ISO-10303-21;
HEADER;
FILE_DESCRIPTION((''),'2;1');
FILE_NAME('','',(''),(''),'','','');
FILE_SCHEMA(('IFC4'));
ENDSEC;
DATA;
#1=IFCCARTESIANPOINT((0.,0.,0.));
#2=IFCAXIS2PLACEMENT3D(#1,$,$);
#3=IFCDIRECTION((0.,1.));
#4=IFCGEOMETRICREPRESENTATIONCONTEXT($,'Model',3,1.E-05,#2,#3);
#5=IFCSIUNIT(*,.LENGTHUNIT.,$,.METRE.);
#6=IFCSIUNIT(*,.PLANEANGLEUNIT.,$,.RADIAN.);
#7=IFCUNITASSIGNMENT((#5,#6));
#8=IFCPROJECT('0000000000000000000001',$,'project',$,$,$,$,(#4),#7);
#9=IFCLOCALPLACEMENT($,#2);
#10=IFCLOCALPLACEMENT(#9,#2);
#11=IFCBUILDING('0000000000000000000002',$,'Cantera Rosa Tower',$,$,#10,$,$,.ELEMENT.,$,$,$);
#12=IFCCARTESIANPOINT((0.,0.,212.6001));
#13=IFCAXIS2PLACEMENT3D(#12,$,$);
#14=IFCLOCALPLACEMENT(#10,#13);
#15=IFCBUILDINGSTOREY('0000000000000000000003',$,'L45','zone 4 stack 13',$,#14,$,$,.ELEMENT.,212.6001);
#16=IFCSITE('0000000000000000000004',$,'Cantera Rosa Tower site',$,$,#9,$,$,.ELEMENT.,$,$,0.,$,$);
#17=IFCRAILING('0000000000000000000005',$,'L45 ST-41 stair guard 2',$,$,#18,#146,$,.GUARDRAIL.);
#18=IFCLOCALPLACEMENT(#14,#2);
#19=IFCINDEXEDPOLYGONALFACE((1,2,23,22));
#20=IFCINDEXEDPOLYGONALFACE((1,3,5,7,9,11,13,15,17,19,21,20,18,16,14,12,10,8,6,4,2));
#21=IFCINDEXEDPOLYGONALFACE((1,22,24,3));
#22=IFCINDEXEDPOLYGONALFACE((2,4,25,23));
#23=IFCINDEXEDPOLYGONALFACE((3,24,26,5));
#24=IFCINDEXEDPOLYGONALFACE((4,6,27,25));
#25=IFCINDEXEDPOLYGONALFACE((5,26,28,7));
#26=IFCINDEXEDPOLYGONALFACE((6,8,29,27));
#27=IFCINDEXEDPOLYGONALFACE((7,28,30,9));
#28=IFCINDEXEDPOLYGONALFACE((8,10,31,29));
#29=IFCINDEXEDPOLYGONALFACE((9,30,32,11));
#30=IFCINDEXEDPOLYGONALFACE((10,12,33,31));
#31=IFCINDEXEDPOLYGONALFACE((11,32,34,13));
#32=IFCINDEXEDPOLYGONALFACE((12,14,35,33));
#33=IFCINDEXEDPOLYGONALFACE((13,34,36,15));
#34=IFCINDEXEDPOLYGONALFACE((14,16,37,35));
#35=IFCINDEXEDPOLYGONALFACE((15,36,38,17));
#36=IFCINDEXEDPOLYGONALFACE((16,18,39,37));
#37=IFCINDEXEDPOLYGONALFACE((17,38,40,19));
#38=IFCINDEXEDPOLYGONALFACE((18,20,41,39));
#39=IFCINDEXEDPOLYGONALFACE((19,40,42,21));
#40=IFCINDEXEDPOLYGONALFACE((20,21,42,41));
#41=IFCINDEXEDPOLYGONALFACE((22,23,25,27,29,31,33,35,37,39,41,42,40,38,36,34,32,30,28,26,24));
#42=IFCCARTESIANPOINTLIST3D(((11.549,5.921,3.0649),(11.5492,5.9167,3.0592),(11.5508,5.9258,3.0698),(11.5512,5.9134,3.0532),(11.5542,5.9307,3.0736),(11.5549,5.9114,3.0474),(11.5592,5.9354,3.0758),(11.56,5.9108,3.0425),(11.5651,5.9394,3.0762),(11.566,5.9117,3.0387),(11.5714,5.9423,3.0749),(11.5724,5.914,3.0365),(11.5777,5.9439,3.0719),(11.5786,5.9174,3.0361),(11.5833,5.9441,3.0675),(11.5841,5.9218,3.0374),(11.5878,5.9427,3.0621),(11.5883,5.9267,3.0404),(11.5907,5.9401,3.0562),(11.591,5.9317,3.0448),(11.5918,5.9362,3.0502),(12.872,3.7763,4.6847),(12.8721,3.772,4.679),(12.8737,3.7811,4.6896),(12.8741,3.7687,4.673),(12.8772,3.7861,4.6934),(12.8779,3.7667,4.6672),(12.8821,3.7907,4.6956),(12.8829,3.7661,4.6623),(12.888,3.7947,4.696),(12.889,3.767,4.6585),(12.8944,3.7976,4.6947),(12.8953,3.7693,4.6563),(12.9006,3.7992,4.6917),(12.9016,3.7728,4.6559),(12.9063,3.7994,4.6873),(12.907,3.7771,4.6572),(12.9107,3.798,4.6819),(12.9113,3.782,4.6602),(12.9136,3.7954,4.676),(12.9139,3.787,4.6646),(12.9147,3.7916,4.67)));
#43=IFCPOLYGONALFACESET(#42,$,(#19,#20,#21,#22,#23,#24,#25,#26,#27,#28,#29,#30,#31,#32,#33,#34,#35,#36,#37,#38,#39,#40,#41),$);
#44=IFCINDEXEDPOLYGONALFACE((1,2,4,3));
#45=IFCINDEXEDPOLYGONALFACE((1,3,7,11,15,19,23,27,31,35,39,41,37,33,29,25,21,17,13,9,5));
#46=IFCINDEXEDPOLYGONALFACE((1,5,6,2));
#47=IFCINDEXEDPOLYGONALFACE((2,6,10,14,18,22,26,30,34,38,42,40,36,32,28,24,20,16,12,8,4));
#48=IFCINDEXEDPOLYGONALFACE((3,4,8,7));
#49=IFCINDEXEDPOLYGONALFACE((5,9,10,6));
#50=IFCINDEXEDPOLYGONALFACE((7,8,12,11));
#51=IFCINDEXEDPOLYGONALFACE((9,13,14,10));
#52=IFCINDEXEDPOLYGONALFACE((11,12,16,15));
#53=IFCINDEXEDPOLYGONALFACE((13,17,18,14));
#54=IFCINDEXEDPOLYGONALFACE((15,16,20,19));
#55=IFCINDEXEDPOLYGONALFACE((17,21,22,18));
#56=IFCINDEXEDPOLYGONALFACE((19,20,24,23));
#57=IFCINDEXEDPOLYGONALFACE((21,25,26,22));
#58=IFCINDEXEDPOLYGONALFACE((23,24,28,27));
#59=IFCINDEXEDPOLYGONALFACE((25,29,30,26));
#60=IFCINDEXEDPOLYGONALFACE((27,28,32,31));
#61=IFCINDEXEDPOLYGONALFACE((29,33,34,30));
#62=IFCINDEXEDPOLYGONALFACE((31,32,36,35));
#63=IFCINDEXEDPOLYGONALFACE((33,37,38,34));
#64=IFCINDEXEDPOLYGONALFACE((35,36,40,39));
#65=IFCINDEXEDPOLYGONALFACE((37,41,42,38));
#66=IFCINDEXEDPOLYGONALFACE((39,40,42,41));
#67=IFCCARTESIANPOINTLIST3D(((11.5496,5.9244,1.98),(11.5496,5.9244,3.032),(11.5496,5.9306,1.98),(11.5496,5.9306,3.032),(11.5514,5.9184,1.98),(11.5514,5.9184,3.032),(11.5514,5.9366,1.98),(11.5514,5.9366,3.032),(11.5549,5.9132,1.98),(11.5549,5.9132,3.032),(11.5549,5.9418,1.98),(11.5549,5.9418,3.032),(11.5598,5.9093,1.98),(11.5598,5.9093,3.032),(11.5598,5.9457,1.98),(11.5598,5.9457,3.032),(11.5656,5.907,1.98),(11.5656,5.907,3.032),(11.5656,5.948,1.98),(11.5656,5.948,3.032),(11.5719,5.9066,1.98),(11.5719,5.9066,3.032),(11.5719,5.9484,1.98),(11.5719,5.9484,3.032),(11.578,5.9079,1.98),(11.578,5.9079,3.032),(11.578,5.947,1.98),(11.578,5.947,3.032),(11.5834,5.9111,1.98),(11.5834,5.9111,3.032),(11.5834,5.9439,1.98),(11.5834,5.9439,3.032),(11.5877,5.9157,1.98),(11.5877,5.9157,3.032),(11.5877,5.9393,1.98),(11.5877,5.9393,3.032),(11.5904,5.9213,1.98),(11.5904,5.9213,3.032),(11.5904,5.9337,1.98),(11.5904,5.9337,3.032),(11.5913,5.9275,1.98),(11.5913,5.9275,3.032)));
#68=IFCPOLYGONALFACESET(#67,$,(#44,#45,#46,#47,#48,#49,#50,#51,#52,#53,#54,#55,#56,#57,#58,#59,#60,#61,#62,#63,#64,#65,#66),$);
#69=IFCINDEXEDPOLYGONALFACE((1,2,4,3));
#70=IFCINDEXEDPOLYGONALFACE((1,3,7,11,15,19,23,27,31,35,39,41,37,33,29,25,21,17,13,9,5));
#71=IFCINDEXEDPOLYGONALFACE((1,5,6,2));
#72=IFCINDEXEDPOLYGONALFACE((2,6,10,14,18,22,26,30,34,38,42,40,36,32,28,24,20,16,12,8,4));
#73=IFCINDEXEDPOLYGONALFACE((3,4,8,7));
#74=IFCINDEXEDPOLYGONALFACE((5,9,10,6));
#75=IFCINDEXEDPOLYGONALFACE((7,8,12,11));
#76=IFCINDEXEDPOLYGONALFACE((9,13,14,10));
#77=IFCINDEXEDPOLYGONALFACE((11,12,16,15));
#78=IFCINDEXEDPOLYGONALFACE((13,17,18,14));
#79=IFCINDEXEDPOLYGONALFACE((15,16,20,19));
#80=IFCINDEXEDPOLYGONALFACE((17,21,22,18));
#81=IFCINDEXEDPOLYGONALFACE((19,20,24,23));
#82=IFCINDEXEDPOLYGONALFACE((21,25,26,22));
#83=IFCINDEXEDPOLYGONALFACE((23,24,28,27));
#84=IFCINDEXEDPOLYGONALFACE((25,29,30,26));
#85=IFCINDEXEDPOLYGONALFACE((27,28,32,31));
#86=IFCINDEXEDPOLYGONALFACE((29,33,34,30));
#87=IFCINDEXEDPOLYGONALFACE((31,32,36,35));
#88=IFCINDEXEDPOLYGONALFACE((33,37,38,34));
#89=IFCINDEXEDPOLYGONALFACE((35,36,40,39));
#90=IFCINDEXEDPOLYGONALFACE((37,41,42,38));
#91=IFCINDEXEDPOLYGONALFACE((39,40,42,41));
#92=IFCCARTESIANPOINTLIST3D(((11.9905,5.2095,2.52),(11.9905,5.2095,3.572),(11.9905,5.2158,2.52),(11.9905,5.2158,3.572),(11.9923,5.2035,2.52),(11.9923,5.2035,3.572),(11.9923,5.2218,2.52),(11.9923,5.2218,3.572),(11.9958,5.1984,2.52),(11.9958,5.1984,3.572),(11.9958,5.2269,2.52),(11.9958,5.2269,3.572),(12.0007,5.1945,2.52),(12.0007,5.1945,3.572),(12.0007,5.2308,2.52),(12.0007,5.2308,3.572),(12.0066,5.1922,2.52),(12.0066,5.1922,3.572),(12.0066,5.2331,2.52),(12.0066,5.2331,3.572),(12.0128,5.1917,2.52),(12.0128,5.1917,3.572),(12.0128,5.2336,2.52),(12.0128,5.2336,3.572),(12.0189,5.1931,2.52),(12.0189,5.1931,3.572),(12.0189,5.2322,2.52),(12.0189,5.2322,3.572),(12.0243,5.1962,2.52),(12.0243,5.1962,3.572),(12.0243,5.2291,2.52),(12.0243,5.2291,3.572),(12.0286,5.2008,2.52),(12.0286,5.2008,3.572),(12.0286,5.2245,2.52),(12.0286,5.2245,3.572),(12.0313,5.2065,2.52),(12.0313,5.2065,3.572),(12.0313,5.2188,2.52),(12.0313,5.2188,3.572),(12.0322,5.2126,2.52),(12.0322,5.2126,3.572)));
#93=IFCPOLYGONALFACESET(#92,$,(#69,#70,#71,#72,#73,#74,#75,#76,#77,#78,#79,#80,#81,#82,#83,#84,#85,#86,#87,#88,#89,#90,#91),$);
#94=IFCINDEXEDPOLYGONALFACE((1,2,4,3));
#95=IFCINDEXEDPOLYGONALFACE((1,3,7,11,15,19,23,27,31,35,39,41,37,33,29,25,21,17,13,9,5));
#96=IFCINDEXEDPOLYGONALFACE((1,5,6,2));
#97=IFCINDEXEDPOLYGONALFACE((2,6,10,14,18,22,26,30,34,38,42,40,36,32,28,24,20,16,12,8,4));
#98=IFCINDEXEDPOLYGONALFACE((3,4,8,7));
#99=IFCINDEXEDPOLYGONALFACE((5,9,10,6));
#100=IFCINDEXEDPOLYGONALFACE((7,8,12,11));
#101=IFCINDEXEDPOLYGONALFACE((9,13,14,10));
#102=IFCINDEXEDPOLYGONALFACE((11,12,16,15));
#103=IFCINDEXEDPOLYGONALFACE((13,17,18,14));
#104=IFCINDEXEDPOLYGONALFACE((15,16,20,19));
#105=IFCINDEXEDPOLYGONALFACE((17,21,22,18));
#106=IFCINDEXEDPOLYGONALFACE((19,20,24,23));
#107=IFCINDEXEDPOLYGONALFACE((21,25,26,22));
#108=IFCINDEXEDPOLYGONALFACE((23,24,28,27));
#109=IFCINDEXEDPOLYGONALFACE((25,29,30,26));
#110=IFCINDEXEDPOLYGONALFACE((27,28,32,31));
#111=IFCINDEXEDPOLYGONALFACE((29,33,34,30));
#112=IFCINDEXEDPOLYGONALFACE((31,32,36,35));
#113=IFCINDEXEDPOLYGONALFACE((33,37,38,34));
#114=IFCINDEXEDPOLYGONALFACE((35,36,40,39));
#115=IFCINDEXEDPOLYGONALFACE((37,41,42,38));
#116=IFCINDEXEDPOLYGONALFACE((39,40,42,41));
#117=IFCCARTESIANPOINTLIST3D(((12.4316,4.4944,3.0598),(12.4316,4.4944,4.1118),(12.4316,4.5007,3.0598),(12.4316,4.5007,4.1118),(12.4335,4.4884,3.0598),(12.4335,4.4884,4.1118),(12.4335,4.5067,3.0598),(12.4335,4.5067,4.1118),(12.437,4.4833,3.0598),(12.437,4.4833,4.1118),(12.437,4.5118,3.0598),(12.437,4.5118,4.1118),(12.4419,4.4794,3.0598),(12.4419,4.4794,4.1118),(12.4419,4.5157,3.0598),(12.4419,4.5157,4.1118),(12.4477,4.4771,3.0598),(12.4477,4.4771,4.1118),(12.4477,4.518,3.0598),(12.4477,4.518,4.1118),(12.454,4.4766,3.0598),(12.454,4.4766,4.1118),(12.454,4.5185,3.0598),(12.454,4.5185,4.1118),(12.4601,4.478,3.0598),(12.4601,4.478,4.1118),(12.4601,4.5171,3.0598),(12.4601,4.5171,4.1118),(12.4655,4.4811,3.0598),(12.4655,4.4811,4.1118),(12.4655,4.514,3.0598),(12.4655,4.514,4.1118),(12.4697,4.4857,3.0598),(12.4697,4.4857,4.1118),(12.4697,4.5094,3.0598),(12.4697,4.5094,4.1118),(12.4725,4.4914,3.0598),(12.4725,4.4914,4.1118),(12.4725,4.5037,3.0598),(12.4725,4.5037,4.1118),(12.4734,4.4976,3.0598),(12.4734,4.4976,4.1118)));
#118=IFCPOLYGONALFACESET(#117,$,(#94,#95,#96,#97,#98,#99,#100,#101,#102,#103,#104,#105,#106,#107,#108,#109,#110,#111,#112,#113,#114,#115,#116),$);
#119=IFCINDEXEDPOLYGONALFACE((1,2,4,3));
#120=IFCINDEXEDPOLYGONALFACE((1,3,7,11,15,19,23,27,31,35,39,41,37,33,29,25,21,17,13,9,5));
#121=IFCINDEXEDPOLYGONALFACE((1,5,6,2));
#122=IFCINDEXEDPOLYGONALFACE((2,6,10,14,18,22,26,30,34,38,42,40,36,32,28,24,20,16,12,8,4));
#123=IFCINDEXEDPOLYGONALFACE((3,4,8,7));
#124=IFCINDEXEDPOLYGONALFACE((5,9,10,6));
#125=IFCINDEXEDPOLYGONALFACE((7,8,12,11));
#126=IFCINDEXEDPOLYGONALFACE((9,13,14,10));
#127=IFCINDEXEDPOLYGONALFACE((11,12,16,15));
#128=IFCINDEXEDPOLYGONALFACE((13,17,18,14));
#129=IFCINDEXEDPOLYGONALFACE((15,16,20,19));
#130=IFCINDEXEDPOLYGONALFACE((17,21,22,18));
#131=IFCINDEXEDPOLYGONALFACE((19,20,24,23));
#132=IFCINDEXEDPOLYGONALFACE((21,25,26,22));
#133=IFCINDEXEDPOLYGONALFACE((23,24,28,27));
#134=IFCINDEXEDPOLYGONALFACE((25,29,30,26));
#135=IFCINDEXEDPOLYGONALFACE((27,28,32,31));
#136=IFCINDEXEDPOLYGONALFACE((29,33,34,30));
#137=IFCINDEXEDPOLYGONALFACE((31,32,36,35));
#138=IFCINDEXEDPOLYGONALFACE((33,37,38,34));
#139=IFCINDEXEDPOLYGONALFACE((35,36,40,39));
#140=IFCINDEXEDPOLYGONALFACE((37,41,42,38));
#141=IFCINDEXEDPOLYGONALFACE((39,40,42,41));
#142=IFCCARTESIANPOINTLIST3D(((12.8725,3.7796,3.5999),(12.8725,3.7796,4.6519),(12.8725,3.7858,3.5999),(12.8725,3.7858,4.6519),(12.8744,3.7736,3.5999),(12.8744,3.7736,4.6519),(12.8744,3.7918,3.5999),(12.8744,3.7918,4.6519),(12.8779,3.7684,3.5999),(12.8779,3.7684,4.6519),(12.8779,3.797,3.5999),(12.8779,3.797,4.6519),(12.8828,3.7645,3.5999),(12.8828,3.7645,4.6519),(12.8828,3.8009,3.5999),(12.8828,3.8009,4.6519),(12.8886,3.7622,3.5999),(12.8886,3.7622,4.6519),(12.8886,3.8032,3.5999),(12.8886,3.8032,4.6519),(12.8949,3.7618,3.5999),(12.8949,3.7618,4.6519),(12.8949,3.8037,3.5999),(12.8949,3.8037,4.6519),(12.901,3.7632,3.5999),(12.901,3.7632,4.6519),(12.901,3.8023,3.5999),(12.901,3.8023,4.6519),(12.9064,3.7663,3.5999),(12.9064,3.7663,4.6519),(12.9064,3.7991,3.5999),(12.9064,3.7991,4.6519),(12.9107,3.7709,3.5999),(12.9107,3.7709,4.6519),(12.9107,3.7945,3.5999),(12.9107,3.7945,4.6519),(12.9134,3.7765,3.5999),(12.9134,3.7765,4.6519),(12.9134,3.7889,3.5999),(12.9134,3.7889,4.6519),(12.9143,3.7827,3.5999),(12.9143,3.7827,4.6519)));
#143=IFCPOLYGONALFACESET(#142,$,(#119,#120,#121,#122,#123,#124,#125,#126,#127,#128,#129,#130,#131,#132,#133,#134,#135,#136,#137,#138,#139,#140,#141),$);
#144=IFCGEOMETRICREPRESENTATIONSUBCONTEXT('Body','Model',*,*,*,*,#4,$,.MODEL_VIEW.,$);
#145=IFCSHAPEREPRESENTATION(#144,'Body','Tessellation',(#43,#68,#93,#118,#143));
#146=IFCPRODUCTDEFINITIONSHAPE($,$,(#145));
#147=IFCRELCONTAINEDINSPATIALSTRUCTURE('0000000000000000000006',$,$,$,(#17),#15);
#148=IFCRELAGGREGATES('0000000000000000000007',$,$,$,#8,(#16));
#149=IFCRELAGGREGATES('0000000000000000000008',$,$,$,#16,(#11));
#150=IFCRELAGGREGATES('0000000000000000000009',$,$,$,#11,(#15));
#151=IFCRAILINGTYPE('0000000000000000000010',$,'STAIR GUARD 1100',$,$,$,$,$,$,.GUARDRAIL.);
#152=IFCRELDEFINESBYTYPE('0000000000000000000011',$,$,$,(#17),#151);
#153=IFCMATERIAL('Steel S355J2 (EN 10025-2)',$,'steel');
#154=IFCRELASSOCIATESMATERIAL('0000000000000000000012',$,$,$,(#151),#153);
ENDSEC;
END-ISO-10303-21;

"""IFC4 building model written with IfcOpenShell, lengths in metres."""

from ifc_helpers import new_model, si_unit, direction, frame, origin, origin_2d, place, context, subcontext, project, spatial, circle, extrude, material, type_object, element, save


model = new_model("IFC4")

# Units and contexts
model_context = context("Model", 3, precision=1e-05, world=origin(), true_north=direction((0.0, 1.0)))
body_context = subcontext(model_context, "Body", "Model", "MODEL_VIEW")
ifc_project = project(units=[si_unit("LENGTHUNIT", "METRE"), si_unit("PLANEANGLEUNIT", "RADIAN")], contexts=[model_context])

# Site, building, storey
site_placement = place(None, origin())
site = spatial("IfcSite", under=ifc_project, at=site_placement, Name="Cantera Rosa Tower site", CompositionType="ELEMENT", RefElevation=0.0)
building_placement = place(site_placement, origin())
building = spatial("IfcBuilding", under=site, at=building_placement, Name="Cantera Rosa Tower", CompositionType="ELEMENT")
storey_placement = place(building_placement, frame((0.0, 0.0, 212.6001)))
storey = spatial("IfcBuildingStorey", under=building, at=storey_placement, Name="L45", Description="zone 4 stack 13", CompositionType="ELEMENT", Elevation=212.6001)

# Railing
ifc_material_1 = material(Name="Steel S355J2 (EN 10025-2)", Category="steel")
railing_type_1 = type_object("IfcRailingType", Name="STAIR GUARD 1100", PredefinedType="GUARDRAIL", material=ifc_material_1)
railing_1_placement = place(storey_placement, frame((11.5703, 5.9275, 1.98)))
element("IfcRailing", 1, at=railing_1_placement, inside=storey, type_object=railing_type_1, Name="L45 ST-41 stair guard 2", PredefinedType="GUARDRAIL", context=body_context, shape_type="SweptSolid", body=[
    extrude(circle(Radius=0.0239, at=origin_2d()), frame((0.0, 0.0, 1.0762), z_axis=(0.441629, -0.715945, 0.540728), x_axis=(0.851102, 0.525, 0.0)), (0.0, 0.0, 1.0), 2.9956),
    extrude(circle(Radius=0.021, at=origin_2d()), origin(), (0.0, 0.0, 1.0), 1.052),
    extrude(circle(Radius=0.021, at=origin_2d()), frame((0.4409, -0.7148, 0.54)), (0.0, 0.0, 1.0), 1.052),
    extrude(circle(Radius=0.021, at=origin_2d()), frame((0.8821, -1.4299, 1.0798)), (0.0, 0.0, 1.0), 1.052),
    extrude(circle(Radius=0.021, at=origin_2d()), frame((1.323, -2.1448, 1.6199)), (0.0, 0.0, 1.0), 1.052),
])

save(model, "model.ifc")
